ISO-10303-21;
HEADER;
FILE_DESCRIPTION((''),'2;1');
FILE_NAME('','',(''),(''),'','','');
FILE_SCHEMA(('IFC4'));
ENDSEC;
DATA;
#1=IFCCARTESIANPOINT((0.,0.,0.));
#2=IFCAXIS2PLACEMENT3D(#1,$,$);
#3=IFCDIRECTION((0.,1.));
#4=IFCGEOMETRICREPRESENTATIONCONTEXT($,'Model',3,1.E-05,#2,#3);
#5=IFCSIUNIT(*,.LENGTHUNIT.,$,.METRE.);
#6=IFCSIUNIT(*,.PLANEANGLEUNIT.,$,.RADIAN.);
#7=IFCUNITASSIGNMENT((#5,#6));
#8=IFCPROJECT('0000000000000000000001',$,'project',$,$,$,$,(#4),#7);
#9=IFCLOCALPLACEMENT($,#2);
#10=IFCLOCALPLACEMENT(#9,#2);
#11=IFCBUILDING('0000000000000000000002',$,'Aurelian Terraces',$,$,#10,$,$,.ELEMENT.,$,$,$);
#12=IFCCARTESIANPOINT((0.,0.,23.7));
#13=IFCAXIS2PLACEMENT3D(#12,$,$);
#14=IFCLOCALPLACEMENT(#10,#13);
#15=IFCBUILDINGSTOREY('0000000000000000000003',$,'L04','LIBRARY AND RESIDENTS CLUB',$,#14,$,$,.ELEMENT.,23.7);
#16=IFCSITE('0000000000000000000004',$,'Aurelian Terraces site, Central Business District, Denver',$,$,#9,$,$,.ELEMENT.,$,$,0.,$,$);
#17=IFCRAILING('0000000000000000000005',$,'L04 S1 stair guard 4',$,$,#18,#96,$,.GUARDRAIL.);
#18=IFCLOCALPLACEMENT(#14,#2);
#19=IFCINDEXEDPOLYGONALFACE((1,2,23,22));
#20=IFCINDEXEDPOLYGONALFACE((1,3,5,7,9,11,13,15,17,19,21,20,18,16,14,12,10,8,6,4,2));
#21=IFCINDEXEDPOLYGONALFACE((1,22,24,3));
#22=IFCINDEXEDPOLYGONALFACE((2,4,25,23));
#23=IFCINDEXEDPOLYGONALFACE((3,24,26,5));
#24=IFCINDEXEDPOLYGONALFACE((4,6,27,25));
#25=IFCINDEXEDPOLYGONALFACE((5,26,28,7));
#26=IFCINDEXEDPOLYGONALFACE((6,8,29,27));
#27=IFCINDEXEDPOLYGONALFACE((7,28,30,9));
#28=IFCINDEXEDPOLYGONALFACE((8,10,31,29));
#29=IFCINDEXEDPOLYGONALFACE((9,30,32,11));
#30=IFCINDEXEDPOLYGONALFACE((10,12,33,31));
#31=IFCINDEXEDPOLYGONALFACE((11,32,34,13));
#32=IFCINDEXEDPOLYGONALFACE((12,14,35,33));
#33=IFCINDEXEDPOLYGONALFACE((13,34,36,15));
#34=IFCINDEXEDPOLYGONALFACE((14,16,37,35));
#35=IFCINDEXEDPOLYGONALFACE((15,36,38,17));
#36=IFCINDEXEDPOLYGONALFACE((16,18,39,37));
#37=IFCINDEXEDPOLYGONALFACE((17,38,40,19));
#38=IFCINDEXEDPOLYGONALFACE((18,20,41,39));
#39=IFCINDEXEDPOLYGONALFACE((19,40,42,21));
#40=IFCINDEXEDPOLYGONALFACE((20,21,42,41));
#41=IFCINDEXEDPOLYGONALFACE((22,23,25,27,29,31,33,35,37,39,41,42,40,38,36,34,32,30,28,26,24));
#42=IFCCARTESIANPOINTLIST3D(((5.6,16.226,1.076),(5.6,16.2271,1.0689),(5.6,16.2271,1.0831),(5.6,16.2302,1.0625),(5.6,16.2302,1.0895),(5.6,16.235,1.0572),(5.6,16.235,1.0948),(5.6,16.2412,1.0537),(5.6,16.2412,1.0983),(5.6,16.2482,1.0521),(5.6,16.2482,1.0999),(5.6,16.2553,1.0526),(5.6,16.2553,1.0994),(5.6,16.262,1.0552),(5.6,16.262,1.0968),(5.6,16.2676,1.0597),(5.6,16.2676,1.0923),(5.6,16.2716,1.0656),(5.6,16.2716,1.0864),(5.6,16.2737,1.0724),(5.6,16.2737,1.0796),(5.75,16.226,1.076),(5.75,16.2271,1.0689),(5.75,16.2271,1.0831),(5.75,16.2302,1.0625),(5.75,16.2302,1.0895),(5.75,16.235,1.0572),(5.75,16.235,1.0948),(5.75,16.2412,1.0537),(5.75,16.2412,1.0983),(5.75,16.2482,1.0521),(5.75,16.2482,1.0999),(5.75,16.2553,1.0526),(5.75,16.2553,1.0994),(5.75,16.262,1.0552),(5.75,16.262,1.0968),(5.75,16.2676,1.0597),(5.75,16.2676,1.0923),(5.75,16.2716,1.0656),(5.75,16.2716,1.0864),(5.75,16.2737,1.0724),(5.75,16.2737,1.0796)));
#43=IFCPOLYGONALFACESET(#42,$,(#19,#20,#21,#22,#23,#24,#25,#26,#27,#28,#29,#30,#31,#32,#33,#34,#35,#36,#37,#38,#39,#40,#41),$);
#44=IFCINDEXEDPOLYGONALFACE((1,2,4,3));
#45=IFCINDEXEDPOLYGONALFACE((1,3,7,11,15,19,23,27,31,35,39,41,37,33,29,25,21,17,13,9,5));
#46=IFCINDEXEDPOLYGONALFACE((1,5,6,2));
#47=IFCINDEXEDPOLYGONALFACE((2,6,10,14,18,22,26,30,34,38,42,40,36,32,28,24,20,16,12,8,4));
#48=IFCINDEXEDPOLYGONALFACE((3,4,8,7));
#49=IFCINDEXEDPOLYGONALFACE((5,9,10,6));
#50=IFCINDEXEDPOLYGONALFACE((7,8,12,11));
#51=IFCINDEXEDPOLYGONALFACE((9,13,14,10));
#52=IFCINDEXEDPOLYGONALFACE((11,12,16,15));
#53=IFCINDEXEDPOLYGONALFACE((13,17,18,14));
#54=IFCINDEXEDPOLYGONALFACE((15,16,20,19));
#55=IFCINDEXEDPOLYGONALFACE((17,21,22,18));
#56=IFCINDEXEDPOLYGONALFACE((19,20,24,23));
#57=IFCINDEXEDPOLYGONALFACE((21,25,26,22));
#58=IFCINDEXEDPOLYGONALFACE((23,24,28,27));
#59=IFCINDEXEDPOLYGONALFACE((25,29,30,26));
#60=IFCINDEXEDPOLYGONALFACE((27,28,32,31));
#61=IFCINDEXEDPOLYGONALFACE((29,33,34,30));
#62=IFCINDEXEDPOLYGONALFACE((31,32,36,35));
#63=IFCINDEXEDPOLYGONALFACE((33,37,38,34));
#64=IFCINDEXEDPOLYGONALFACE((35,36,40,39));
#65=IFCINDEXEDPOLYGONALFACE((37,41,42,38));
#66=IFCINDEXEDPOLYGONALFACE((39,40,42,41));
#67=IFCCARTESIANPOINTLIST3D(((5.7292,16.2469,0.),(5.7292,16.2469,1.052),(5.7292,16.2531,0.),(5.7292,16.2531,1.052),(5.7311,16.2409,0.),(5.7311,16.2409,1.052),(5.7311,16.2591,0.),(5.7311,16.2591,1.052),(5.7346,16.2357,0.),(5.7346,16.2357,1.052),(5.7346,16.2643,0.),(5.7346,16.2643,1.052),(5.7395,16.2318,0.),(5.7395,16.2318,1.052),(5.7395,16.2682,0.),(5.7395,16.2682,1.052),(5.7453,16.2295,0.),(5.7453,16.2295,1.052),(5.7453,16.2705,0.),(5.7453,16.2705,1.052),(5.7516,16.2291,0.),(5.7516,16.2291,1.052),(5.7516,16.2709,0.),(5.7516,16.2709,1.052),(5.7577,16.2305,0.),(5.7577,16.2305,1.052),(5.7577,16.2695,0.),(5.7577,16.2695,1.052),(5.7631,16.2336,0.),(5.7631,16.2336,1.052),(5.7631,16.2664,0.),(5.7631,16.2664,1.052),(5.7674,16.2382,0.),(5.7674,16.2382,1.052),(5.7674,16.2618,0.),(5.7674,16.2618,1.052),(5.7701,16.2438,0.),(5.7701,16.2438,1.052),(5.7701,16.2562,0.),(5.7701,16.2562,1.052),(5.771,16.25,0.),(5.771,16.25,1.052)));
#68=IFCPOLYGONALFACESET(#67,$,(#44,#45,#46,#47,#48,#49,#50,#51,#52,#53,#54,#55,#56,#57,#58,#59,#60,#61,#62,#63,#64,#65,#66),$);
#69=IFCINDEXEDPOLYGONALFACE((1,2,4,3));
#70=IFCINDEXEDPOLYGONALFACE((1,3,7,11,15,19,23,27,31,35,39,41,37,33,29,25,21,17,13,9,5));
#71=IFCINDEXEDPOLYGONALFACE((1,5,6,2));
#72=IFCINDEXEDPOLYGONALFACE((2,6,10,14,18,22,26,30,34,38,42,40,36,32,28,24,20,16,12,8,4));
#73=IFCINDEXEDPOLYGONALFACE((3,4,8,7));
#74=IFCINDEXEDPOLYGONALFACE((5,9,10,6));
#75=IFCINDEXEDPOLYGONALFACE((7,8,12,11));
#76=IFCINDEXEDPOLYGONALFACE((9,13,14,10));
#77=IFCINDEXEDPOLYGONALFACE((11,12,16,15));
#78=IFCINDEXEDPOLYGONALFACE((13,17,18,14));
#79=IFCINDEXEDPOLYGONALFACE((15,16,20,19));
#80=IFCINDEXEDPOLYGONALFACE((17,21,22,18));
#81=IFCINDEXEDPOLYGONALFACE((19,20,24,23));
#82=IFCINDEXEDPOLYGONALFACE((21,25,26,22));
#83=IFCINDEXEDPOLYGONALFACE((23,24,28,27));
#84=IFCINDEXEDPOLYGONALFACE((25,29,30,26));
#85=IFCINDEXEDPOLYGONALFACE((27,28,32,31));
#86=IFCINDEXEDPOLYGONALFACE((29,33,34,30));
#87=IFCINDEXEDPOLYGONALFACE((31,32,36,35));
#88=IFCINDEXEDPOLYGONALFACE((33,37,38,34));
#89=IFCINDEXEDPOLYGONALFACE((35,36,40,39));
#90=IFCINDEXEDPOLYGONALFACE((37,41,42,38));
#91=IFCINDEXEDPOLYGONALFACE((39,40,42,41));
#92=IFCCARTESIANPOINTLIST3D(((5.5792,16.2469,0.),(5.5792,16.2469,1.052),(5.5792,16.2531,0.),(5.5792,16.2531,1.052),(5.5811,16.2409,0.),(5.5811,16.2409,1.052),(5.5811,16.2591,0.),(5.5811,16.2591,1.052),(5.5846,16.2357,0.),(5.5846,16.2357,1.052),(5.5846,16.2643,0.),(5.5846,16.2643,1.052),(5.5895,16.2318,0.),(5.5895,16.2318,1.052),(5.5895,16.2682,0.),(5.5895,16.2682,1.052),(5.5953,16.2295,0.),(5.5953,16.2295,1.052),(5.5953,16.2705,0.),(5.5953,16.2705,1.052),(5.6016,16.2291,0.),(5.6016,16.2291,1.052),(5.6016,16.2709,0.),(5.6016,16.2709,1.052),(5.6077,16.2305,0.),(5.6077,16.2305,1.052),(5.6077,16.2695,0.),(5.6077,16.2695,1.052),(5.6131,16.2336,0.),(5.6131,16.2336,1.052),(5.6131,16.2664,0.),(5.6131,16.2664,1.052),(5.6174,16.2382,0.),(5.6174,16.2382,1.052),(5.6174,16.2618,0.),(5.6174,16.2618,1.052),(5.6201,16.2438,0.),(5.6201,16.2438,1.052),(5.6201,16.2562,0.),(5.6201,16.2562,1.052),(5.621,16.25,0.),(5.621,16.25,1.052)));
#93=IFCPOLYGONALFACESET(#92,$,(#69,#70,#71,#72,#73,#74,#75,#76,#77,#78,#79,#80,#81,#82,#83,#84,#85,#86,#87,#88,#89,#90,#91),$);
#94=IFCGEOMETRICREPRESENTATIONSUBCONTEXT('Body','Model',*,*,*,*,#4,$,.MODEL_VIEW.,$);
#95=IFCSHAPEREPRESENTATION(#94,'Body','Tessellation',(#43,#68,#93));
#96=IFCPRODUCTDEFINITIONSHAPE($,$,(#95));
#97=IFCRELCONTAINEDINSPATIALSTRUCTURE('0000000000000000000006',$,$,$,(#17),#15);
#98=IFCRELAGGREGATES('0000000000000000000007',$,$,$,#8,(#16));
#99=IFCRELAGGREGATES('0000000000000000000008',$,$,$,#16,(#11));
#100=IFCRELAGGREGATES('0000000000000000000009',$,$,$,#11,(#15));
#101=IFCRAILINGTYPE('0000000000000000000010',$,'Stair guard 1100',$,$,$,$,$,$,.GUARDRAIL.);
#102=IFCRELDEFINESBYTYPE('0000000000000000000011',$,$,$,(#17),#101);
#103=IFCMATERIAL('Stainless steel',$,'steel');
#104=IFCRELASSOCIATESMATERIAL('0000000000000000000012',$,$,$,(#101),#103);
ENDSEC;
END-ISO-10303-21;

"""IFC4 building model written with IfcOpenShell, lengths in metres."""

from ifc_helpers import new_model, si_unit, direction, frame, origin, origin_2d, place, context, subcontext, project, spatial, circle, extrude, source, transform, mapped, material, type_object, element, save


model = new_model("IFC4")

# Units and contexts
model_context = context("Model", 3, precision=1e-05, world=origin(), true_north=direction((0.0, 1.0)))
body_context = subcontext(model_context, "Body", "Model", "MODEL_VIEW")
ifc_project = project(units=[si_unit("LENGTHUNIT", "METRE"), si_unit("PLANEANGLEUNIT", "RADIAN")], contexts=[model_context])

# Site, building, storey
site_placement = place(None, origin())
site = spatial("IfcSite", under=ifc_project, at=site_placement, Name="Aurelian Terraces site, Central Business District, Denver", CompositionType="ELEMENT", RefElevation=0.0)
building_placement = place(site_placement, origin())
building = spatial("IfcBuilding", under=site, at=building_placement, Name="Aurelian Terraces", CompositionType="ELEMENT")
storey_placement = place(building_placement, frame((0.0, 0.0, 23.7)))
storey = spatial("IfcBuildingStorey", under=building, at=storey_placement, Name="L04", Description="LIBRARY AND RESIDENTS CLUB", CompositionType="ELEMENT", Elevation=23.7)

# Railing
ifc_material_1 = material(Name="Stainless steel", Category="steel")
railing_type_1 = type_object("IfcRailingType", Name="Stair guard 1100", PredefinedType="GUARDRAIL", material=ifc_material_1)
shared_shape_1 = source(origin(), body_context, "Body", "SweptSolid", [
    extrude(circle(Radius=0.024, at=origin_2d()), frame((0.0, 0.0, 1.076), z_axis=(-1.0, 0.0, 0.0), x_axis=(0.0, -1.0, 0.0)), (0.0, 0.0, 1.0), 0.15),
    extrude(circle(Radius=0.021, at=origin_2d()), origin(), (0.0, 0.0, 1.0), 1.052),
    extrude(circle(Radius=0.021, at=origin_2d()), frame((-0.15, 0.0, 0.0)), (0.0, 0.0, 1.0), 1.052),
])
for number, where, name in (
    (1, (5.75, 16.25, 0.0), "L04 S1 stair guard 4"),
):
    element("IfcRailing", number, at=place(storey_placement, frame(where)), inside=storey, type_object=railing_type_1, Name=name, PredefinedType="GUARDRAIL", context=body_context, shape_type="MappedRepresentation", body=[
        mapped(shared_shape_1, transform((0.0, 0.0, 0.0), scale=1.0)),
    ])

save(model, "model.ifc")
